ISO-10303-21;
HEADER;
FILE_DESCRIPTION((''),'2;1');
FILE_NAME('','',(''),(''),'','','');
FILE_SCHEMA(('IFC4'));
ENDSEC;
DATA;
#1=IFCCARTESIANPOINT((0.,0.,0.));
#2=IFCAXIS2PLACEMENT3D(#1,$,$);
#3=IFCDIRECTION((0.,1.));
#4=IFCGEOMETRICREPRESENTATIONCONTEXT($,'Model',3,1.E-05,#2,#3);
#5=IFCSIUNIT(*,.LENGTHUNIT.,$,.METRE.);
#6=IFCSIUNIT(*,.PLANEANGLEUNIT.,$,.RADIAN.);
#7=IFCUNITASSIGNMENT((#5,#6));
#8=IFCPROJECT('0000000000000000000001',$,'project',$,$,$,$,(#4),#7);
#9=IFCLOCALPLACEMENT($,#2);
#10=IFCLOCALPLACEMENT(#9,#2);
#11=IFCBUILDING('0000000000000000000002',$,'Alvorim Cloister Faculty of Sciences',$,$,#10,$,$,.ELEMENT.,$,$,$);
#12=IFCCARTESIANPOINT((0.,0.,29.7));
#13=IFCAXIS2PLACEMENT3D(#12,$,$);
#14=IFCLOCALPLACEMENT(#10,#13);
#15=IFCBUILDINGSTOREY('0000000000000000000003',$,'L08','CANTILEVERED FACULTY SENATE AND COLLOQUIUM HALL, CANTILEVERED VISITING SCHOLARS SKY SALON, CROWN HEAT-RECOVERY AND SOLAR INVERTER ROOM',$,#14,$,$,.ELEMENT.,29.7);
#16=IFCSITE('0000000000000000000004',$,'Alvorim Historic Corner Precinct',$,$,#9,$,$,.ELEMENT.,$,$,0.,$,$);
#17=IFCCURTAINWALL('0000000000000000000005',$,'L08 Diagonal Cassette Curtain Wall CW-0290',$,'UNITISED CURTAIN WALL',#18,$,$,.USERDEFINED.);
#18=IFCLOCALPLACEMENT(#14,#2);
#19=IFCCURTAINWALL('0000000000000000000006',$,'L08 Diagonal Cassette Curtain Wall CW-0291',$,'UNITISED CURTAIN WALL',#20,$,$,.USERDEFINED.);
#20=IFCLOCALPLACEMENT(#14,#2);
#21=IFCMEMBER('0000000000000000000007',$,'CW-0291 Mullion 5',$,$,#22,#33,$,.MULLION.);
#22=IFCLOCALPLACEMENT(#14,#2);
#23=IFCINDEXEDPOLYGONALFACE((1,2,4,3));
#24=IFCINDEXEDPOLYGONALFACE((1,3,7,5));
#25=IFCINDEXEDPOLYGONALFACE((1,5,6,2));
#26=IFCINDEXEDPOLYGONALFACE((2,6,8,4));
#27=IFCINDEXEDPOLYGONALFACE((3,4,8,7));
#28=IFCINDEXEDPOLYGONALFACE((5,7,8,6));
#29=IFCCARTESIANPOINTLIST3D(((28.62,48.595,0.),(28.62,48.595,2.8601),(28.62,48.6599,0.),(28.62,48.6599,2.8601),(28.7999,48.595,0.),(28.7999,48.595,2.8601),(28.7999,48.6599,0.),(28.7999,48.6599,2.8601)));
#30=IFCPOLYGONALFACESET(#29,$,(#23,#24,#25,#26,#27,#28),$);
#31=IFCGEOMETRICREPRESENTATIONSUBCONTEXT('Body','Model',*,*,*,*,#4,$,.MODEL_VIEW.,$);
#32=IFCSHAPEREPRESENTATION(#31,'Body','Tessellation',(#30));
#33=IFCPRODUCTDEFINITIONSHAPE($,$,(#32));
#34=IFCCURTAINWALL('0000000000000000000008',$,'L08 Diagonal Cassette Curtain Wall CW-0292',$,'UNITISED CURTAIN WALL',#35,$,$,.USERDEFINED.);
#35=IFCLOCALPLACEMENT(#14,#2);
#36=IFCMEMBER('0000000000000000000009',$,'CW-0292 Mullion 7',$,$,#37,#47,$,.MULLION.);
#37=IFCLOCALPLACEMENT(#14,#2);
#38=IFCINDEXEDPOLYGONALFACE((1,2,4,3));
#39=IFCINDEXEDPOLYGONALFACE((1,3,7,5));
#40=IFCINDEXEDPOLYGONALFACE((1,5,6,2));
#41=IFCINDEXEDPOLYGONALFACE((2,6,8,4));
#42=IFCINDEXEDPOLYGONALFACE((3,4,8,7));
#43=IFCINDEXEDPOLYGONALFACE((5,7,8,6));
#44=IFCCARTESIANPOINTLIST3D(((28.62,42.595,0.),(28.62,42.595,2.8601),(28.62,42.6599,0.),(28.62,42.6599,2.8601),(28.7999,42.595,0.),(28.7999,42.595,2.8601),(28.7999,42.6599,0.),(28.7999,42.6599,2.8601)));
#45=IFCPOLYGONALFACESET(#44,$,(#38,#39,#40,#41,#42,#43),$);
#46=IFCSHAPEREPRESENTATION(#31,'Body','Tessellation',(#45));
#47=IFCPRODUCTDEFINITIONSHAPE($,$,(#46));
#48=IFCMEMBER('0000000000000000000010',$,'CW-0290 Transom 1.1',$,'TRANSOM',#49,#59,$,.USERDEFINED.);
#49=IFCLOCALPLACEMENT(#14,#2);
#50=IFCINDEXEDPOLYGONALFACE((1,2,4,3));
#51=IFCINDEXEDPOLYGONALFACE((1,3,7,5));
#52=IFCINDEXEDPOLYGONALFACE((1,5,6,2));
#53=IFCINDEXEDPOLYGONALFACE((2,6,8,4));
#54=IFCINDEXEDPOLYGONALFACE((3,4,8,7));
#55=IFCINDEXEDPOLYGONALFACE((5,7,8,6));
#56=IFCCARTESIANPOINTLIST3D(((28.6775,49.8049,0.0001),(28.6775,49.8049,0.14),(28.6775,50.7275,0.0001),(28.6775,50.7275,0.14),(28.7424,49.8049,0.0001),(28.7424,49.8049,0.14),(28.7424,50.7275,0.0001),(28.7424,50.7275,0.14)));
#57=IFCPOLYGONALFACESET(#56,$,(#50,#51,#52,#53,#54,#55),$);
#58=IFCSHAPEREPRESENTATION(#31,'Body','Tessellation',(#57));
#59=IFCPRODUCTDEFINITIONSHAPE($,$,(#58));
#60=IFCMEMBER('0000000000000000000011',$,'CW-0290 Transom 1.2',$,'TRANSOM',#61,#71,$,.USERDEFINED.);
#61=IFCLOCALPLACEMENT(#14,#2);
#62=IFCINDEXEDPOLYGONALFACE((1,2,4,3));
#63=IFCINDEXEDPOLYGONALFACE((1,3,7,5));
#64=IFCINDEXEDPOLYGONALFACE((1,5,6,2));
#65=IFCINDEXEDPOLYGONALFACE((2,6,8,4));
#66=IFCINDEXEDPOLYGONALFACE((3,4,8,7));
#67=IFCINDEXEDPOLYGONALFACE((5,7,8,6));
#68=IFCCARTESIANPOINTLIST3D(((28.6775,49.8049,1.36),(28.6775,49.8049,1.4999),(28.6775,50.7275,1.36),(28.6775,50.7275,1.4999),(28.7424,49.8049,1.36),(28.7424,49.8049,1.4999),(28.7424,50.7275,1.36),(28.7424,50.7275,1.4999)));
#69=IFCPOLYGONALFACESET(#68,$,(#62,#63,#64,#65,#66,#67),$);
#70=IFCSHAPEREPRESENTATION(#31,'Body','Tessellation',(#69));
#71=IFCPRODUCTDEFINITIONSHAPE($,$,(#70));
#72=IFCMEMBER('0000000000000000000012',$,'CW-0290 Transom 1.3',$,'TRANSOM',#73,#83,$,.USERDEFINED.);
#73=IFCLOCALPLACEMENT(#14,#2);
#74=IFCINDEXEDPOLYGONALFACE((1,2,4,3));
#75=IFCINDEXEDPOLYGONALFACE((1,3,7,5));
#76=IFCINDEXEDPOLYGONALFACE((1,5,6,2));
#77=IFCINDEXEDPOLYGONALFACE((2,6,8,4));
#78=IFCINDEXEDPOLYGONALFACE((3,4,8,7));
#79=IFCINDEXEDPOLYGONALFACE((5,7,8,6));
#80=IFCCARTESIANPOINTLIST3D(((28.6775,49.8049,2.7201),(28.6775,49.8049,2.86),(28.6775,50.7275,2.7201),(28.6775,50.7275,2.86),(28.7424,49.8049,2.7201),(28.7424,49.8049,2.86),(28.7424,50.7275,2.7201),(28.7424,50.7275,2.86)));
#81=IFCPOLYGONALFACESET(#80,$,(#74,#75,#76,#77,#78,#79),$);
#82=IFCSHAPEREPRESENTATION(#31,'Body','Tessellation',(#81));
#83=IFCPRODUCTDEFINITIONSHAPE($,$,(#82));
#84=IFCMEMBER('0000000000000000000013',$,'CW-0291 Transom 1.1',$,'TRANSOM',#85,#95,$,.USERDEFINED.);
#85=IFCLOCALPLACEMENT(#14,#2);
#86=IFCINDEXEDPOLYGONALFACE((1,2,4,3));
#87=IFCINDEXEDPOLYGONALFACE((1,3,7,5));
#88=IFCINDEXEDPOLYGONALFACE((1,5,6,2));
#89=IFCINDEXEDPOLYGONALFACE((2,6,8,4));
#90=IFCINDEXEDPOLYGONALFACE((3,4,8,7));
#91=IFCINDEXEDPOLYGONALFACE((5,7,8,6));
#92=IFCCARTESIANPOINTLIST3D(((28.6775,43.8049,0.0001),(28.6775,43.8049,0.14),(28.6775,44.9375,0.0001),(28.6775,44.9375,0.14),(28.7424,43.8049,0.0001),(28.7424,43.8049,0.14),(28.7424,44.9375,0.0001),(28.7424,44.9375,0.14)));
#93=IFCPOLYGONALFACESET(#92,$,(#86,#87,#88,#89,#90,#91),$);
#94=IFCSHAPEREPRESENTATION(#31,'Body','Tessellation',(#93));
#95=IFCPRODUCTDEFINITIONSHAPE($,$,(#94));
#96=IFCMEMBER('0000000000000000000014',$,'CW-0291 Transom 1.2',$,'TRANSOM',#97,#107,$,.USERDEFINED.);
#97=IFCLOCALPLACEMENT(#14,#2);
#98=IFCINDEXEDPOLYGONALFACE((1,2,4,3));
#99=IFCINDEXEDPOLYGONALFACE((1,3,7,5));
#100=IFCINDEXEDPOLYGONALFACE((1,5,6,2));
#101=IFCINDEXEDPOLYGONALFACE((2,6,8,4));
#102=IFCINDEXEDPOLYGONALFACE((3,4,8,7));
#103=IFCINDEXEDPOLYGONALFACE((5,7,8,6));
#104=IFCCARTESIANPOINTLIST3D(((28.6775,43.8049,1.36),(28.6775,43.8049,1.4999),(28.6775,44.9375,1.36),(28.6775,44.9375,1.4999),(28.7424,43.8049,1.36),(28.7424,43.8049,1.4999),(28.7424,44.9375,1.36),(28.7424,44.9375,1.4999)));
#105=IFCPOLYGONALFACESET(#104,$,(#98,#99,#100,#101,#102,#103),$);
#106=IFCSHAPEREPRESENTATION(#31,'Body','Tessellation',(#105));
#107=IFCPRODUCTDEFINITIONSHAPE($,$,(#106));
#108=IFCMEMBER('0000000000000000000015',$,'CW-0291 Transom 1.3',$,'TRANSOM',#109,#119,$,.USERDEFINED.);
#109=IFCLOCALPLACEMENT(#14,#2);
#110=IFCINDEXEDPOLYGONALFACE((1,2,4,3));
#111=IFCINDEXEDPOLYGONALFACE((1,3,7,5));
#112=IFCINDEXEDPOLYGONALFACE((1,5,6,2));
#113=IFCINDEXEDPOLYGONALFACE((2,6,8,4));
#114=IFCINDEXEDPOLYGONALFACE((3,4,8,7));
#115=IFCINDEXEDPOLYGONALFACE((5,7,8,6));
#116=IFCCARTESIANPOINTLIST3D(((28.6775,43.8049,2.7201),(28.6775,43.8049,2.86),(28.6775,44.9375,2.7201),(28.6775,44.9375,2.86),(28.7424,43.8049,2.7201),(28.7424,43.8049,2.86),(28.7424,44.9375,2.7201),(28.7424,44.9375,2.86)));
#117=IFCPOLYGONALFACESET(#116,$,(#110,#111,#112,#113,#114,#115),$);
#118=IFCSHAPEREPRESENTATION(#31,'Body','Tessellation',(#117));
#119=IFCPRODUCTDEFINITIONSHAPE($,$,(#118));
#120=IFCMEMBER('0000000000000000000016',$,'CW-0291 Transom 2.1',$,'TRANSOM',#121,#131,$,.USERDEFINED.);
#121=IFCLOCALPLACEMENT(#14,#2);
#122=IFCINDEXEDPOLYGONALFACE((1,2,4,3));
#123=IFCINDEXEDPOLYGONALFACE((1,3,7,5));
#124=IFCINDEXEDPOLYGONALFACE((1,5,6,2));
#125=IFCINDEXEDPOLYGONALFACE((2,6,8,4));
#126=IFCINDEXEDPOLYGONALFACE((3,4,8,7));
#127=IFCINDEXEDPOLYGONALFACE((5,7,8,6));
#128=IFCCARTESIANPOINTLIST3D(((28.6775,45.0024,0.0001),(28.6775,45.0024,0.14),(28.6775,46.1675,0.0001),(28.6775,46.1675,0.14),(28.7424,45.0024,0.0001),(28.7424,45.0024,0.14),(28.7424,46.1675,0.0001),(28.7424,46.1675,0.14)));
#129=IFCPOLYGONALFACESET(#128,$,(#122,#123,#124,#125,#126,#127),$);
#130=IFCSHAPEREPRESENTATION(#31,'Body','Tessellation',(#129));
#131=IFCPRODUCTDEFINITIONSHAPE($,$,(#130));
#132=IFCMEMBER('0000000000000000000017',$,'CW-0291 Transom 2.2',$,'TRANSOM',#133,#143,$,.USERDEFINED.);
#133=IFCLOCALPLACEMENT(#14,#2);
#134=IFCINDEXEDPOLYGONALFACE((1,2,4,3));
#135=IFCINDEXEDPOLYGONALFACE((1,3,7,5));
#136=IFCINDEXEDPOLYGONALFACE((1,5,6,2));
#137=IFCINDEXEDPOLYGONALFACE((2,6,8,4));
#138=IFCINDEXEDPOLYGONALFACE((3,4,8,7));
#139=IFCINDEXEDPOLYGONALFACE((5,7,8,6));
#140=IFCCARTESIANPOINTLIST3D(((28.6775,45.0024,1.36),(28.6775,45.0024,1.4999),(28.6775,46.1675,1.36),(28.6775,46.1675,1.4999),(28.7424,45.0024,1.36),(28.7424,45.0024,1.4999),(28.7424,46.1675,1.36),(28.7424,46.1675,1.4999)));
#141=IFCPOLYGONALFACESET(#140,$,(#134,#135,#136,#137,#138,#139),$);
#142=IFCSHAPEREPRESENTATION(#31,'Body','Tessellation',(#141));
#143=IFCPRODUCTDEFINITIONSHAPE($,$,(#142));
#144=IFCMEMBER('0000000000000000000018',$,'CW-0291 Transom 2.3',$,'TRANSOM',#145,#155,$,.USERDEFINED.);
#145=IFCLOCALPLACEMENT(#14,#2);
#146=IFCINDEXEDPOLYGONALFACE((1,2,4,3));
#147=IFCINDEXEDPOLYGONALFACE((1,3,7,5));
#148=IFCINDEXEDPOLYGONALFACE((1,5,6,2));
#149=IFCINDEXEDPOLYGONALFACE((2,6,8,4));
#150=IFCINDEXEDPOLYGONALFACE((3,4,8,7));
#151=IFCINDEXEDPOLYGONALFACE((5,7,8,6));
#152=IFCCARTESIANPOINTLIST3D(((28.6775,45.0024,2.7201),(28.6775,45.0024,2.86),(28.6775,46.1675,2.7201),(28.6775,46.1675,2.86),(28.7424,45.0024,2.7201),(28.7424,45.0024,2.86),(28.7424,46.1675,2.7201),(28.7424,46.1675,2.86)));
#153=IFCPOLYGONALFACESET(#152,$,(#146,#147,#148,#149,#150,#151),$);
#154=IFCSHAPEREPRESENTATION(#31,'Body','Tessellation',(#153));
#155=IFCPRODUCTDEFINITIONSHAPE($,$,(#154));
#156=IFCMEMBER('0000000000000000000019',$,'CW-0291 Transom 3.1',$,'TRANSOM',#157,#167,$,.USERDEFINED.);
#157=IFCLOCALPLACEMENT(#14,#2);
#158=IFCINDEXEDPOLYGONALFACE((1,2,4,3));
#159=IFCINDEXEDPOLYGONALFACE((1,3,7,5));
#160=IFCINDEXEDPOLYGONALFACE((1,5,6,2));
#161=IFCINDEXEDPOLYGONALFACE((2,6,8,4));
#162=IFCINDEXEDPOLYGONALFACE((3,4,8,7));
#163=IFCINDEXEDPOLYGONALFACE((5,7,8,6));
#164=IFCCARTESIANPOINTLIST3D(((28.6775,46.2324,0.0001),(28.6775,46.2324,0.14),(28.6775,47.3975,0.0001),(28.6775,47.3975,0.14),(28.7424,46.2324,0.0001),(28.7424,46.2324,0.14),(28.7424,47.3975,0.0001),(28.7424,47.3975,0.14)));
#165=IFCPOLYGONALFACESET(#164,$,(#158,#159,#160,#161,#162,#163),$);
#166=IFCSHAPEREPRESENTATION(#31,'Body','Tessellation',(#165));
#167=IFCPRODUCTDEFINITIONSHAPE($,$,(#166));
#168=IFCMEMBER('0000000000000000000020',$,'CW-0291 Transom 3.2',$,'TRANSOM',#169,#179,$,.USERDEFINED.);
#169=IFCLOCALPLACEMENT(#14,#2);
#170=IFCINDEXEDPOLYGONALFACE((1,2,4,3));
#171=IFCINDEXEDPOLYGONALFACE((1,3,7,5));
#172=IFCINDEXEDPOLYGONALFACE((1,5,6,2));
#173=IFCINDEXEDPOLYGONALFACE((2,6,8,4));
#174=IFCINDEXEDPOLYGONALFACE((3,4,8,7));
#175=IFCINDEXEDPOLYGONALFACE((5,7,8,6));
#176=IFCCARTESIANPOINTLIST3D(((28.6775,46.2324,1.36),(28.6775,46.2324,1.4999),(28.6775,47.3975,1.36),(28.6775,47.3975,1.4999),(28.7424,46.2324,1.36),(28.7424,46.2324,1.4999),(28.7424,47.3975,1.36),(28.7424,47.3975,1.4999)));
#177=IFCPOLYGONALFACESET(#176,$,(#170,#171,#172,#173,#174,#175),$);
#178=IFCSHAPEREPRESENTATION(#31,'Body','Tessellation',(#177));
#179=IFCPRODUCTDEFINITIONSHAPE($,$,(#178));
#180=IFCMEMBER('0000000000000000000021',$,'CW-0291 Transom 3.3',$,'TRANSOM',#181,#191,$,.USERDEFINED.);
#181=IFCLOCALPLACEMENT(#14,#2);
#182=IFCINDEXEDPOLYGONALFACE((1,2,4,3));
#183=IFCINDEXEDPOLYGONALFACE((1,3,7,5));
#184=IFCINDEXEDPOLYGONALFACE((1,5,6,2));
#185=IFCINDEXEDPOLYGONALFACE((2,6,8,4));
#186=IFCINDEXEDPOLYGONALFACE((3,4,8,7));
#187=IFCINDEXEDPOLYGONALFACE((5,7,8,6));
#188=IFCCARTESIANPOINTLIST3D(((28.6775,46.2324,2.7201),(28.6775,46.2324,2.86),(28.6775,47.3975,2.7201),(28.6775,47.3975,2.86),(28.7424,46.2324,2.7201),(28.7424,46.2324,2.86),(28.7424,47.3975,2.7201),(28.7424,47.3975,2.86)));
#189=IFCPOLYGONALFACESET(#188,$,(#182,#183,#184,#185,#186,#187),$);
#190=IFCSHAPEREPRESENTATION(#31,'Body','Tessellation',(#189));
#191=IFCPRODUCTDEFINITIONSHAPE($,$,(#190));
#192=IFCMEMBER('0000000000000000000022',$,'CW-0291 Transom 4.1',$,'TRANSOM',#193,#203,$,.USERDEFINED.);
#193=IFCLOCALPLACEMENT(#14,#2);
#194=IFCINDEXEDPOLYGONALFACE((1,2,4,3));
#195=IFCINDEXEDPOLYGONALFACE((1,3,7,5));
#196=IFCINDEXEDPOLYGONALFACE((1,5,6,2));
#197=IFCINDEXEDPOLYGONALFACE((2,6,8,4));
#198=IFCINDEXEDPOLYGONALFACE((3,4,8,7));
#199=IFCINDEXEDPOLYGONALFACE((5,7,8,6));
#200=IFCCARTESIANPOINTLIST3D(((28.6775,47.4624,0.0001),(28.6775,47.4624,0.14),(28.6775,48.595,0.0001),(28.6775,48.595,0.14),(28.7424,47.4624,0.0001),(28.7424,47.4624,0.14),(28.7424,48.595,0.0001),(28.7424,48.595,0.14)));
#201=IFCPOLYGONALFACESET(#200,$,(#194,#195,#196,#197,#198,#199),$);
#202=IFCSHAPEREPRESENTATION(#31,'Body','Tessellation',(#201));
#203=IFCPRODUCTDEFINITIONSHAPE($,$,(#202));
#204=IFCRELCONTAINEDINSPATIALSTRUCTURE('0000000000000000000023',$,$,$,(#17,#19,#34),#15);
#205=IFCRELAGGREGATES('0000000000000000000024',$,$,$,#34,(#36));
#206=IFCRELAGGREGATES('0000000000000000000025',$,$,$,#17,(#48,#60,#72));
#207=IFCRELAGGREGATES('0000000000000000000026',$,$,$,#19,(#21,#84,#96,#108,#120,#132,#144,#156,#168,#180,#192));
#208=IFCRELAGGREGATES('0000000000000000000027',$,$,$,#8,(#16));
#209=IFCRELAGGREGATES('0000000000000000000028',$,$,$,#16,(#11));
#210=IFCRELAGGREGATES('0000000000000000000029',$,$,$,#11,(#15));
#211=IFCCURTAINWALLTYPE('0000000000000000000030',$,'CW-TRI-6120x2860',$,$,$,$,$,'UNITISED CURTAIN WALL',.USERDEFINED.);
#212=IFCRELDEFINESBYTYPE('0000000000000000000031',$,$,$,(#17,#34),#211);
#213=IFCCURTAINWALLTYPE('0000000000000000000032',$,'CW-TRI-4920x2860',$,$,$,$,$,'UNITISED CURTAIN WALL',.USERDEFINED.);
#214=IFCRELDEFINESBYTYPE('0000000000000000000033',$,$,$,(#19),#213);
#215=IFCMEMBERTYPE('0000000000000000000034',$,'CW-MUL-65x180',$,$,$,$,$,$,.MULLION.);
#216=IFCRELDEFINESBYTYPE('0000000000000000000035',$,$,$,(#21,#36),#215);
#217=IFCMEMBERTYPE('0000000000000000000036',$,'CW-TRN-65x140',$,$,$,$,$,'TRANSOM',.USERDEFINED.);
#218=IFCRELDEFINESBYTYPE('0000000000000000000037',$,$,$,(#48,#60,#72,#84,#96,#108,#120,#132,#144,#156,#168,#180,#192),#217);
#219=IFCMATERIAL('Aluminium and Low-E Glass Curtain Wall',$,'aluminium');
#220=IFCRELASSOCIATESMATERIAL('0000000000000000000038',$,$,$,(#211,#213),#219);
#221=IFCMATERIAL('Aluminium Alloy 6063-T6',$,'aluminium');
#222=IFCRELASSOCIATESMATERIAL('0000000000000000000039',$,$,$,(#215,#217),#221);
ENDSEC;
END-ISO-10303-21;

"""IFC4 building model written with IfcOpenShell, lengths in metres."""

from ifc_helpers import new_model, si_unit, direction, frame, origin, origin_2d, place, context, subcontext, project, spatial, rectangle, extrude, material, material_profile, profile_set, type_object, element, aggregate, save


model = new_model("IFC4")

# Units and contexts
model_context = context("Model", 3, precision=1e-05, world=origin(), true_north=direction((0.0, 1.0)))
body_context = subcontext(model_context, "Body", "Model", "MODEL_VIEW")
ifc_project = project(units=[si_unit("LENGTHUNIT", "METRE"), si_unit("PLANEANGLEUNIT", "RADIAN")], contexts=[model_context])

# Site, building, storey
site_placement = place(None, origin())
site = spatial("IfcSite", under=ifc_project, at=site_placement, Name="Alvorim Historic Corner Precinct", CompositionType="ELEMENT", RefElevation=0.0)
building_placement = place(site_placement, origin())
building = spatial("IfcBuilding", under=site, at=building_placement, Name="Alvorim Cloister Faculty of Sciences", CompositionType="ELEMENT")
storey_placement = place(building_placement, frame((0.0, 0.0, 29.7)))
storey = spatial("IfcBuildingStorey", under=building, at=storey_placement, Name="L08", Description="CANTILEVERED FACULTY SENATE AND COLLOQUIUM HALL, CANTILEVERED VISITING SCHOLARS SKY SALON, CROWN HEAT-RECOVERY AND SOLAR INVERTER ROOM", CompositionType="ELEMENT", Elevation=29.7)

# Curtain wall
ifc_material_1 = material(Name="Aluminium and Low-E Glass Curtain Wall", Category="aluminium")
curtain_wall_type_1 = type_object("IfcCurtainWallType", Name="CW-TRI-6120x2860", ElementType="UNITISED CURTAIN WALL", PredefinedType="USERDEFINED", material=ifc_material_1)
curtain_wall_1_placement = place(storey_placement, origin())
curtain_wall_1 = element("IfcCurtainWall", 1, at=curtain_wall_1_placement, inside=storey, type_object=curtain_wall_type_1, Name="L08 Diagonal Cassette Curtain Wall CW-0290", ObjectType="UNITISED CURTAIN WALL", PredefinedType="USERDEFINED")
ifc_material_2 = material(Name="Aluminium Alloy 6063-T6", Category="aluminium")
ifc_material_profile_1 = material_profile(ifc_material_2, rectangle(XDim=0.0649, YDim=0.1799, at=origin_2d()), Name="ALU-MUL-65x180")
ifc_profile_set_1 = profile_set([ifc_material_profile_1], Name="Aluminium Alloy 6063-T6")
member_type_1 = type_object("IfcMemberType", Name="CW-MUL-65x180", PredefinedType="MULLION", material=ifc_profile_set_1)

# Curtain wall, member
curtain_wall_type_2 = type_object("IfcCurtainWallType", Name="CW-TRI-4920x2860", ElementType="UNITISED CURTAIN WALL", PredefinedType="USERDEFINED", material=ifc_material_1)
curtain_wall_2_placement = place(storey_placement, origin())
curtain_wall_2 = element("IfcCurtainWall", 2, at=curtain_wall_2_placement, inside=storey, type_object=curtain_wall_type_2, Name="L08 Diagonal Cassette Curtain Wall CW-0291", ObjectType="UNITISED CURTAIN WALL", PredefinedType="USERDEFINED")
member_1_placement = place(storey_placement, frame((28.71, 48.6274, 0.0), z_axis=(0.0, 0.0, 1.0), x_axis=(0.0, 1.0, 0.0)))
member_1 = element("IfcMember", 3, at=member_1_placement, type_object=member_type_1, Name="CW-0291 Mullion 5", PredefinedType="MULLION", context=body_context, shape_type="SweptSolid", body=[
    extrude(rectangle(XDim=0.0649, YDim=0.1799, at=origin_2d()), origin(), (0.0, 0.0, 1.0), 2.8601),
])

# Curtain wall, member
curtain_wall_3_placement = place(storey_placement, origin())
curtain_wall_3 = element("IfcCurtainWall", 4, at=curtain_wall_3_placement, inside=storey, type_object=curtain_wall_type_1, Name="L08 Diagonal Cassette Curtain Wall CW-0292", ObjectType="UNITISED CURTAIN WALL", PredefinedType="USERDEFINED")
member_2_placement = place(storey_placement, frame((28.71, 42.6274, 0.0), z_axis=(0.0, 0.0, 1.0), x_axis=(0.0, 1.0, 0.0)))
member_2 = element("IfcMember", 5, at=member_2_placement, type_object=member_type_1, Name="CW-0292 Mullion 7", PredefinedType="MULLION", context=body_context, shape_type="SweptSolid", body=[
    extrude(rectangle(XDim=0.0649, YDim=0.1799, at=origin_2d()), origin(), (0.0, 0.0, 1.0), 2.8601),
])
aggregate(curtain_wall_3, [member_2])

# Members
ifc_material_profile_2 = material_profile(ifc_material_2, rectangle(XDim=0.0649, YDim=0.1399, at=origin_2d()), Name="ALU-TRN-65x140")
ifc_profile_set_2 = profile_set([ifc_material_profile_2], Name="Aluminium Alloy 6063-T6")
member_type_2 = type_object("IfcMemberType", Name="CW-TRN-65x140", ElementType="TRANSOM", PredefinedType="USERDEFINED", material=ifc_profile_set_2)
member_3_placement = place(storey_placement, frame((28.71, 49.8049, 0.0701), z_axis=(0.0, 1.0, 0.0), x_axis=(-1.0, 0.0, 0.0)))
member_3 = element("IfcMember", 6, at=member_3_placement, type_object=member_type_2, Name="CW-0290 Transom 1.1", ObjectType="TRANSOM", PredefinedType="USERDEFINED", context=body_context, shape_type="SweptSolid", body=[
    extrude(rectangle(XDim=0.0649, YDim=0.1399, at=origin_2d()), origin(), (0.0, 0.0, 1.0), 0.9226),
])
member_4_placement = place(storey_placement, frame((28.71, 49.8049, 1.4299), z_axis=(0.0, 1.0, 0.0), x_axis=(-1.0, 0.0, 0.0)))
member_4 = element("IfcMember", 7, at=member_4_placement, type_object=member_type_2, Name="CW-0290 Transom 1.2", ObjectType="TRANSOM", PredefinedType="USERDEFINED", context=body_context, shape_type="SweptSolid", body=[
    extrude(rectangle(XDim=0.0649, YDim=0.1399, at=origin_2d()), origin(), (0.0, 0.0, 1.0), 0.9226),
])
member_5_placement = place(storey_placement, frame((28.71, 49.8049, 2.79), z_axis=(0.0, 1.0, 0.0), x_axis=(-1.0, 0.0, 0.0)))
member_5 = element("IfcMember", 8, at=member_5_placement, type_object=member_type_2, Name="CW-0290 Transom 1.3", ObjectType="TRANSOM", PredefinedType="USERDEFINED", context=body_context, shape_type="SweptSolid", body=[
    extrude(rectangle(XDim=0.0649, YDim=0.1399, at=origin_2d()), origin(), (0.0, 0.0, 1.0), 0.9226),
])
aggregate(curtain_wall_1, [member_3, member_4, member_5])
member_6_placement = place(storey_placement, frame((28.71, 43.8049, 0.0701), z_axis=(0.0, 1.0, 0.0), x_axis=(-1.0, 0.0, 0.0)))
member_6 = element("IfcMember", 9, at=member_6_placement, type_object=member_type_2, Name="CW-0291 Transom 1.1", ObjectType="TRANSOM", PredefinedType="USERDEFINED", context=body_context, shape_type="SweptSolid", body=[
    extrude(rectangle(XDim=0.0649, YDim=0.1399, at=origin_2d()), origin(), (0.0, 0.0, 1.0), 1.1326),
])
member_7_placement = place(storey_placement, frame((28.71, 43.8049, 1.4299), z_axis=(0.0, 1.0, 0.0), x_axis=(-1.0, 0.0, 0.0)))
member_7 = element("IfcMember", 10, at=member_7_placement, type_object=member_type_2, Name="CW-0291 Transom 1.2", ObjectType="TRANSOM", PredefinedType="USERDEFINED", context=body_context, shape_type="SweptSolid", body=[
    extrude(rectangle(XDim=0.0649, YDim=0.1399, at=origin_2d()), origin(), (0.0, 0.0, 1.0), 1.1326),
])
member_8_placement = place(storey_placement, frame((28.71, 43.8049, 2.79), z_axis=(0.0, 1.0, 0.0), x_axis=(-1.0, 0.0, 0.0)))
member_8 = element("IfcMember", 11, at=member_8_placement, type_object=member_type_2, Name="CW-0291 Transom 1.3", ObjectType="TRANSOM", PredefinedType="USERDEFINED", context=body_context, shape_type="SweptSolid", body=[
    extrude(rectangle(XDim=0.0649, YDim=0.1399, at=origin_2d()), origin(), (0.0, 0.0, 1.0), 1.1326),
])
member_9_placement = place(storey_placement, frame((28.71, 45.0024, 0.0701), z_axis=(0.0, 1.0, 0.0), x_axis=(-1.0, 0.0, 0.0)))
member_9 = element("IfcMember", 12, at=member_9_placement, type_object=member_type_2, Name="CW-0291 Transom 2.1", ObjectType="TRANSOM", PredefinedType="USERDEFINED", context=body_context, shape_type="SweptSolid", body=[
    extrude(rectangle(XDim=0.0649, YDim=0.1399, at=origin_2d()), origin(), (0.0, 0.0, 1.0), 1.165),
])
member_10_placement = place(storey_placement, frame((28.71, 45.0024, 1.4299), z_axis=(0.0, 1.0, 0.0), x_axis=(-1.0, 0.0, 0.0)))
member_10 = element("IfcMember", 13, at=member_10_placement, type_object=member_type_2, Name="CW-0291 Transom 2.2", ObjectType="TRANSOM", PredefinedType="USERDEFINED", context=body_context, shape_type="SweptSolid", body=[
    extrude(rectangle(XDim=0.0649, YDim=0.1399, at=origin_2d()), origin(), (0.0, 0.0, 1.0), 1.165),
])
member_11_placement = place(storey_placement, frame((28.71, 45.0024, 2.79), z_axis=(0.0, 1.0, 0.0), x_axis=(-1.0, 0.0, 0.0)))
member_11 = element("IfcMember", 14, at=member_11_placement, type_object=member_type_2, Name="CW-0291 Transom 2.3", ObjectType="TRANSOM", PredefinedType="USERDEFINED", context=body_context, shape_type="SweptSolid", body=[
    extrude(rectangle(XDim=0.0649, YDim=0.1399, at=origin_2d()), origin(), (0.0, 0.0, 1.0), 1.165),
])
member_12_placement = place(storey_placement, frame((28.71, 46.2324, 0.0701), z_axis=(0.0, 1.0, 0.0), x_axis=(-1.0, 0.0, 0.0)))
member_12 = element("IfcMember", 15, at=member_12_placement, type_object=member_type_2, Name="CW-0291 Transom 3.1", ObjectType="TRANSOM", PredefinedType="USERDEFINED", context=body_context, shape_type="SweptSolid", body=[
    extrude(rectangle(XDim=0.0649, YDim=0.1399, at=origin_2d()), origin(), (0.0, 0.0, 1.0), 1.165),
])
member_13_placement = place(storey_placement, frame((28.71, 46.2324, 1.4299), z_axis=(0.0, 1.0, 0.0), x_axis=(-1.0, 0.0, 0.0)))
member_13 = element("IfcMember", 16, at=member_13_placement, type_object=member_type_2, Name="CW-0291 Transom 3.2", ObjectType="TRANSOM", PredefinedType="USERDEFINED", context=body_context, shape_type="SweptSolid", body=[
    extrude(rectangle(XDim=0.0649, YDim=0.1399, at=origin_2d()), origin(), (0.0, 0.0, 1.0), 1.165),
])
member_14_placement = place(storey_placement, frame((28.71, 46.2324, 2.79), z_axis=(0.0, 1.0, 0.0), x_axis=(-1.0, 0.0, 0.0)))
member_14 = element("IfcMember", 17, at=member_14_placement, type_object=member_type_2, Name="CW-0291 Transom 3.3", ObjectType="TRANSOM", PredefinedType="USERDEFINED", context=body_context, shape_type="SweptSolid", body=[
    extrude(rectangle(XDim=0.0649, YDim=0.1399, at=origin_2d()), origin(), (0.0, 0.0, 1.0), 1.165),
])
member_15_placement = place(storey_placement, frame((28.71, 47.4624, 0.0701), z_axis=(0.0, 1.0, 0.0), x_axis=(-1.0, 0.0, 0.0)))
member_15 = element("IfcMember", 18, at=member_15_placement, type_object=member_type_2, Name="CW-0291 Transom 4.1", ObjectType="TRANSOM", PredefinedType="USERDEFINED", context=body_context, shape_type="SweptSolid", body=[
    extrude(rectangle(XDim=0.0649, YDim=0.1399, at=origin_2d()), origin(), (0.0, 0.0, 1.0), 1.1326),
])
aggregate(curtain_wall_2, [member_1, member_6, member_7, member_8, member_9, member_10, member_11, member_12, member_13, member_14, member_15])

save(model, "model.ifc")
